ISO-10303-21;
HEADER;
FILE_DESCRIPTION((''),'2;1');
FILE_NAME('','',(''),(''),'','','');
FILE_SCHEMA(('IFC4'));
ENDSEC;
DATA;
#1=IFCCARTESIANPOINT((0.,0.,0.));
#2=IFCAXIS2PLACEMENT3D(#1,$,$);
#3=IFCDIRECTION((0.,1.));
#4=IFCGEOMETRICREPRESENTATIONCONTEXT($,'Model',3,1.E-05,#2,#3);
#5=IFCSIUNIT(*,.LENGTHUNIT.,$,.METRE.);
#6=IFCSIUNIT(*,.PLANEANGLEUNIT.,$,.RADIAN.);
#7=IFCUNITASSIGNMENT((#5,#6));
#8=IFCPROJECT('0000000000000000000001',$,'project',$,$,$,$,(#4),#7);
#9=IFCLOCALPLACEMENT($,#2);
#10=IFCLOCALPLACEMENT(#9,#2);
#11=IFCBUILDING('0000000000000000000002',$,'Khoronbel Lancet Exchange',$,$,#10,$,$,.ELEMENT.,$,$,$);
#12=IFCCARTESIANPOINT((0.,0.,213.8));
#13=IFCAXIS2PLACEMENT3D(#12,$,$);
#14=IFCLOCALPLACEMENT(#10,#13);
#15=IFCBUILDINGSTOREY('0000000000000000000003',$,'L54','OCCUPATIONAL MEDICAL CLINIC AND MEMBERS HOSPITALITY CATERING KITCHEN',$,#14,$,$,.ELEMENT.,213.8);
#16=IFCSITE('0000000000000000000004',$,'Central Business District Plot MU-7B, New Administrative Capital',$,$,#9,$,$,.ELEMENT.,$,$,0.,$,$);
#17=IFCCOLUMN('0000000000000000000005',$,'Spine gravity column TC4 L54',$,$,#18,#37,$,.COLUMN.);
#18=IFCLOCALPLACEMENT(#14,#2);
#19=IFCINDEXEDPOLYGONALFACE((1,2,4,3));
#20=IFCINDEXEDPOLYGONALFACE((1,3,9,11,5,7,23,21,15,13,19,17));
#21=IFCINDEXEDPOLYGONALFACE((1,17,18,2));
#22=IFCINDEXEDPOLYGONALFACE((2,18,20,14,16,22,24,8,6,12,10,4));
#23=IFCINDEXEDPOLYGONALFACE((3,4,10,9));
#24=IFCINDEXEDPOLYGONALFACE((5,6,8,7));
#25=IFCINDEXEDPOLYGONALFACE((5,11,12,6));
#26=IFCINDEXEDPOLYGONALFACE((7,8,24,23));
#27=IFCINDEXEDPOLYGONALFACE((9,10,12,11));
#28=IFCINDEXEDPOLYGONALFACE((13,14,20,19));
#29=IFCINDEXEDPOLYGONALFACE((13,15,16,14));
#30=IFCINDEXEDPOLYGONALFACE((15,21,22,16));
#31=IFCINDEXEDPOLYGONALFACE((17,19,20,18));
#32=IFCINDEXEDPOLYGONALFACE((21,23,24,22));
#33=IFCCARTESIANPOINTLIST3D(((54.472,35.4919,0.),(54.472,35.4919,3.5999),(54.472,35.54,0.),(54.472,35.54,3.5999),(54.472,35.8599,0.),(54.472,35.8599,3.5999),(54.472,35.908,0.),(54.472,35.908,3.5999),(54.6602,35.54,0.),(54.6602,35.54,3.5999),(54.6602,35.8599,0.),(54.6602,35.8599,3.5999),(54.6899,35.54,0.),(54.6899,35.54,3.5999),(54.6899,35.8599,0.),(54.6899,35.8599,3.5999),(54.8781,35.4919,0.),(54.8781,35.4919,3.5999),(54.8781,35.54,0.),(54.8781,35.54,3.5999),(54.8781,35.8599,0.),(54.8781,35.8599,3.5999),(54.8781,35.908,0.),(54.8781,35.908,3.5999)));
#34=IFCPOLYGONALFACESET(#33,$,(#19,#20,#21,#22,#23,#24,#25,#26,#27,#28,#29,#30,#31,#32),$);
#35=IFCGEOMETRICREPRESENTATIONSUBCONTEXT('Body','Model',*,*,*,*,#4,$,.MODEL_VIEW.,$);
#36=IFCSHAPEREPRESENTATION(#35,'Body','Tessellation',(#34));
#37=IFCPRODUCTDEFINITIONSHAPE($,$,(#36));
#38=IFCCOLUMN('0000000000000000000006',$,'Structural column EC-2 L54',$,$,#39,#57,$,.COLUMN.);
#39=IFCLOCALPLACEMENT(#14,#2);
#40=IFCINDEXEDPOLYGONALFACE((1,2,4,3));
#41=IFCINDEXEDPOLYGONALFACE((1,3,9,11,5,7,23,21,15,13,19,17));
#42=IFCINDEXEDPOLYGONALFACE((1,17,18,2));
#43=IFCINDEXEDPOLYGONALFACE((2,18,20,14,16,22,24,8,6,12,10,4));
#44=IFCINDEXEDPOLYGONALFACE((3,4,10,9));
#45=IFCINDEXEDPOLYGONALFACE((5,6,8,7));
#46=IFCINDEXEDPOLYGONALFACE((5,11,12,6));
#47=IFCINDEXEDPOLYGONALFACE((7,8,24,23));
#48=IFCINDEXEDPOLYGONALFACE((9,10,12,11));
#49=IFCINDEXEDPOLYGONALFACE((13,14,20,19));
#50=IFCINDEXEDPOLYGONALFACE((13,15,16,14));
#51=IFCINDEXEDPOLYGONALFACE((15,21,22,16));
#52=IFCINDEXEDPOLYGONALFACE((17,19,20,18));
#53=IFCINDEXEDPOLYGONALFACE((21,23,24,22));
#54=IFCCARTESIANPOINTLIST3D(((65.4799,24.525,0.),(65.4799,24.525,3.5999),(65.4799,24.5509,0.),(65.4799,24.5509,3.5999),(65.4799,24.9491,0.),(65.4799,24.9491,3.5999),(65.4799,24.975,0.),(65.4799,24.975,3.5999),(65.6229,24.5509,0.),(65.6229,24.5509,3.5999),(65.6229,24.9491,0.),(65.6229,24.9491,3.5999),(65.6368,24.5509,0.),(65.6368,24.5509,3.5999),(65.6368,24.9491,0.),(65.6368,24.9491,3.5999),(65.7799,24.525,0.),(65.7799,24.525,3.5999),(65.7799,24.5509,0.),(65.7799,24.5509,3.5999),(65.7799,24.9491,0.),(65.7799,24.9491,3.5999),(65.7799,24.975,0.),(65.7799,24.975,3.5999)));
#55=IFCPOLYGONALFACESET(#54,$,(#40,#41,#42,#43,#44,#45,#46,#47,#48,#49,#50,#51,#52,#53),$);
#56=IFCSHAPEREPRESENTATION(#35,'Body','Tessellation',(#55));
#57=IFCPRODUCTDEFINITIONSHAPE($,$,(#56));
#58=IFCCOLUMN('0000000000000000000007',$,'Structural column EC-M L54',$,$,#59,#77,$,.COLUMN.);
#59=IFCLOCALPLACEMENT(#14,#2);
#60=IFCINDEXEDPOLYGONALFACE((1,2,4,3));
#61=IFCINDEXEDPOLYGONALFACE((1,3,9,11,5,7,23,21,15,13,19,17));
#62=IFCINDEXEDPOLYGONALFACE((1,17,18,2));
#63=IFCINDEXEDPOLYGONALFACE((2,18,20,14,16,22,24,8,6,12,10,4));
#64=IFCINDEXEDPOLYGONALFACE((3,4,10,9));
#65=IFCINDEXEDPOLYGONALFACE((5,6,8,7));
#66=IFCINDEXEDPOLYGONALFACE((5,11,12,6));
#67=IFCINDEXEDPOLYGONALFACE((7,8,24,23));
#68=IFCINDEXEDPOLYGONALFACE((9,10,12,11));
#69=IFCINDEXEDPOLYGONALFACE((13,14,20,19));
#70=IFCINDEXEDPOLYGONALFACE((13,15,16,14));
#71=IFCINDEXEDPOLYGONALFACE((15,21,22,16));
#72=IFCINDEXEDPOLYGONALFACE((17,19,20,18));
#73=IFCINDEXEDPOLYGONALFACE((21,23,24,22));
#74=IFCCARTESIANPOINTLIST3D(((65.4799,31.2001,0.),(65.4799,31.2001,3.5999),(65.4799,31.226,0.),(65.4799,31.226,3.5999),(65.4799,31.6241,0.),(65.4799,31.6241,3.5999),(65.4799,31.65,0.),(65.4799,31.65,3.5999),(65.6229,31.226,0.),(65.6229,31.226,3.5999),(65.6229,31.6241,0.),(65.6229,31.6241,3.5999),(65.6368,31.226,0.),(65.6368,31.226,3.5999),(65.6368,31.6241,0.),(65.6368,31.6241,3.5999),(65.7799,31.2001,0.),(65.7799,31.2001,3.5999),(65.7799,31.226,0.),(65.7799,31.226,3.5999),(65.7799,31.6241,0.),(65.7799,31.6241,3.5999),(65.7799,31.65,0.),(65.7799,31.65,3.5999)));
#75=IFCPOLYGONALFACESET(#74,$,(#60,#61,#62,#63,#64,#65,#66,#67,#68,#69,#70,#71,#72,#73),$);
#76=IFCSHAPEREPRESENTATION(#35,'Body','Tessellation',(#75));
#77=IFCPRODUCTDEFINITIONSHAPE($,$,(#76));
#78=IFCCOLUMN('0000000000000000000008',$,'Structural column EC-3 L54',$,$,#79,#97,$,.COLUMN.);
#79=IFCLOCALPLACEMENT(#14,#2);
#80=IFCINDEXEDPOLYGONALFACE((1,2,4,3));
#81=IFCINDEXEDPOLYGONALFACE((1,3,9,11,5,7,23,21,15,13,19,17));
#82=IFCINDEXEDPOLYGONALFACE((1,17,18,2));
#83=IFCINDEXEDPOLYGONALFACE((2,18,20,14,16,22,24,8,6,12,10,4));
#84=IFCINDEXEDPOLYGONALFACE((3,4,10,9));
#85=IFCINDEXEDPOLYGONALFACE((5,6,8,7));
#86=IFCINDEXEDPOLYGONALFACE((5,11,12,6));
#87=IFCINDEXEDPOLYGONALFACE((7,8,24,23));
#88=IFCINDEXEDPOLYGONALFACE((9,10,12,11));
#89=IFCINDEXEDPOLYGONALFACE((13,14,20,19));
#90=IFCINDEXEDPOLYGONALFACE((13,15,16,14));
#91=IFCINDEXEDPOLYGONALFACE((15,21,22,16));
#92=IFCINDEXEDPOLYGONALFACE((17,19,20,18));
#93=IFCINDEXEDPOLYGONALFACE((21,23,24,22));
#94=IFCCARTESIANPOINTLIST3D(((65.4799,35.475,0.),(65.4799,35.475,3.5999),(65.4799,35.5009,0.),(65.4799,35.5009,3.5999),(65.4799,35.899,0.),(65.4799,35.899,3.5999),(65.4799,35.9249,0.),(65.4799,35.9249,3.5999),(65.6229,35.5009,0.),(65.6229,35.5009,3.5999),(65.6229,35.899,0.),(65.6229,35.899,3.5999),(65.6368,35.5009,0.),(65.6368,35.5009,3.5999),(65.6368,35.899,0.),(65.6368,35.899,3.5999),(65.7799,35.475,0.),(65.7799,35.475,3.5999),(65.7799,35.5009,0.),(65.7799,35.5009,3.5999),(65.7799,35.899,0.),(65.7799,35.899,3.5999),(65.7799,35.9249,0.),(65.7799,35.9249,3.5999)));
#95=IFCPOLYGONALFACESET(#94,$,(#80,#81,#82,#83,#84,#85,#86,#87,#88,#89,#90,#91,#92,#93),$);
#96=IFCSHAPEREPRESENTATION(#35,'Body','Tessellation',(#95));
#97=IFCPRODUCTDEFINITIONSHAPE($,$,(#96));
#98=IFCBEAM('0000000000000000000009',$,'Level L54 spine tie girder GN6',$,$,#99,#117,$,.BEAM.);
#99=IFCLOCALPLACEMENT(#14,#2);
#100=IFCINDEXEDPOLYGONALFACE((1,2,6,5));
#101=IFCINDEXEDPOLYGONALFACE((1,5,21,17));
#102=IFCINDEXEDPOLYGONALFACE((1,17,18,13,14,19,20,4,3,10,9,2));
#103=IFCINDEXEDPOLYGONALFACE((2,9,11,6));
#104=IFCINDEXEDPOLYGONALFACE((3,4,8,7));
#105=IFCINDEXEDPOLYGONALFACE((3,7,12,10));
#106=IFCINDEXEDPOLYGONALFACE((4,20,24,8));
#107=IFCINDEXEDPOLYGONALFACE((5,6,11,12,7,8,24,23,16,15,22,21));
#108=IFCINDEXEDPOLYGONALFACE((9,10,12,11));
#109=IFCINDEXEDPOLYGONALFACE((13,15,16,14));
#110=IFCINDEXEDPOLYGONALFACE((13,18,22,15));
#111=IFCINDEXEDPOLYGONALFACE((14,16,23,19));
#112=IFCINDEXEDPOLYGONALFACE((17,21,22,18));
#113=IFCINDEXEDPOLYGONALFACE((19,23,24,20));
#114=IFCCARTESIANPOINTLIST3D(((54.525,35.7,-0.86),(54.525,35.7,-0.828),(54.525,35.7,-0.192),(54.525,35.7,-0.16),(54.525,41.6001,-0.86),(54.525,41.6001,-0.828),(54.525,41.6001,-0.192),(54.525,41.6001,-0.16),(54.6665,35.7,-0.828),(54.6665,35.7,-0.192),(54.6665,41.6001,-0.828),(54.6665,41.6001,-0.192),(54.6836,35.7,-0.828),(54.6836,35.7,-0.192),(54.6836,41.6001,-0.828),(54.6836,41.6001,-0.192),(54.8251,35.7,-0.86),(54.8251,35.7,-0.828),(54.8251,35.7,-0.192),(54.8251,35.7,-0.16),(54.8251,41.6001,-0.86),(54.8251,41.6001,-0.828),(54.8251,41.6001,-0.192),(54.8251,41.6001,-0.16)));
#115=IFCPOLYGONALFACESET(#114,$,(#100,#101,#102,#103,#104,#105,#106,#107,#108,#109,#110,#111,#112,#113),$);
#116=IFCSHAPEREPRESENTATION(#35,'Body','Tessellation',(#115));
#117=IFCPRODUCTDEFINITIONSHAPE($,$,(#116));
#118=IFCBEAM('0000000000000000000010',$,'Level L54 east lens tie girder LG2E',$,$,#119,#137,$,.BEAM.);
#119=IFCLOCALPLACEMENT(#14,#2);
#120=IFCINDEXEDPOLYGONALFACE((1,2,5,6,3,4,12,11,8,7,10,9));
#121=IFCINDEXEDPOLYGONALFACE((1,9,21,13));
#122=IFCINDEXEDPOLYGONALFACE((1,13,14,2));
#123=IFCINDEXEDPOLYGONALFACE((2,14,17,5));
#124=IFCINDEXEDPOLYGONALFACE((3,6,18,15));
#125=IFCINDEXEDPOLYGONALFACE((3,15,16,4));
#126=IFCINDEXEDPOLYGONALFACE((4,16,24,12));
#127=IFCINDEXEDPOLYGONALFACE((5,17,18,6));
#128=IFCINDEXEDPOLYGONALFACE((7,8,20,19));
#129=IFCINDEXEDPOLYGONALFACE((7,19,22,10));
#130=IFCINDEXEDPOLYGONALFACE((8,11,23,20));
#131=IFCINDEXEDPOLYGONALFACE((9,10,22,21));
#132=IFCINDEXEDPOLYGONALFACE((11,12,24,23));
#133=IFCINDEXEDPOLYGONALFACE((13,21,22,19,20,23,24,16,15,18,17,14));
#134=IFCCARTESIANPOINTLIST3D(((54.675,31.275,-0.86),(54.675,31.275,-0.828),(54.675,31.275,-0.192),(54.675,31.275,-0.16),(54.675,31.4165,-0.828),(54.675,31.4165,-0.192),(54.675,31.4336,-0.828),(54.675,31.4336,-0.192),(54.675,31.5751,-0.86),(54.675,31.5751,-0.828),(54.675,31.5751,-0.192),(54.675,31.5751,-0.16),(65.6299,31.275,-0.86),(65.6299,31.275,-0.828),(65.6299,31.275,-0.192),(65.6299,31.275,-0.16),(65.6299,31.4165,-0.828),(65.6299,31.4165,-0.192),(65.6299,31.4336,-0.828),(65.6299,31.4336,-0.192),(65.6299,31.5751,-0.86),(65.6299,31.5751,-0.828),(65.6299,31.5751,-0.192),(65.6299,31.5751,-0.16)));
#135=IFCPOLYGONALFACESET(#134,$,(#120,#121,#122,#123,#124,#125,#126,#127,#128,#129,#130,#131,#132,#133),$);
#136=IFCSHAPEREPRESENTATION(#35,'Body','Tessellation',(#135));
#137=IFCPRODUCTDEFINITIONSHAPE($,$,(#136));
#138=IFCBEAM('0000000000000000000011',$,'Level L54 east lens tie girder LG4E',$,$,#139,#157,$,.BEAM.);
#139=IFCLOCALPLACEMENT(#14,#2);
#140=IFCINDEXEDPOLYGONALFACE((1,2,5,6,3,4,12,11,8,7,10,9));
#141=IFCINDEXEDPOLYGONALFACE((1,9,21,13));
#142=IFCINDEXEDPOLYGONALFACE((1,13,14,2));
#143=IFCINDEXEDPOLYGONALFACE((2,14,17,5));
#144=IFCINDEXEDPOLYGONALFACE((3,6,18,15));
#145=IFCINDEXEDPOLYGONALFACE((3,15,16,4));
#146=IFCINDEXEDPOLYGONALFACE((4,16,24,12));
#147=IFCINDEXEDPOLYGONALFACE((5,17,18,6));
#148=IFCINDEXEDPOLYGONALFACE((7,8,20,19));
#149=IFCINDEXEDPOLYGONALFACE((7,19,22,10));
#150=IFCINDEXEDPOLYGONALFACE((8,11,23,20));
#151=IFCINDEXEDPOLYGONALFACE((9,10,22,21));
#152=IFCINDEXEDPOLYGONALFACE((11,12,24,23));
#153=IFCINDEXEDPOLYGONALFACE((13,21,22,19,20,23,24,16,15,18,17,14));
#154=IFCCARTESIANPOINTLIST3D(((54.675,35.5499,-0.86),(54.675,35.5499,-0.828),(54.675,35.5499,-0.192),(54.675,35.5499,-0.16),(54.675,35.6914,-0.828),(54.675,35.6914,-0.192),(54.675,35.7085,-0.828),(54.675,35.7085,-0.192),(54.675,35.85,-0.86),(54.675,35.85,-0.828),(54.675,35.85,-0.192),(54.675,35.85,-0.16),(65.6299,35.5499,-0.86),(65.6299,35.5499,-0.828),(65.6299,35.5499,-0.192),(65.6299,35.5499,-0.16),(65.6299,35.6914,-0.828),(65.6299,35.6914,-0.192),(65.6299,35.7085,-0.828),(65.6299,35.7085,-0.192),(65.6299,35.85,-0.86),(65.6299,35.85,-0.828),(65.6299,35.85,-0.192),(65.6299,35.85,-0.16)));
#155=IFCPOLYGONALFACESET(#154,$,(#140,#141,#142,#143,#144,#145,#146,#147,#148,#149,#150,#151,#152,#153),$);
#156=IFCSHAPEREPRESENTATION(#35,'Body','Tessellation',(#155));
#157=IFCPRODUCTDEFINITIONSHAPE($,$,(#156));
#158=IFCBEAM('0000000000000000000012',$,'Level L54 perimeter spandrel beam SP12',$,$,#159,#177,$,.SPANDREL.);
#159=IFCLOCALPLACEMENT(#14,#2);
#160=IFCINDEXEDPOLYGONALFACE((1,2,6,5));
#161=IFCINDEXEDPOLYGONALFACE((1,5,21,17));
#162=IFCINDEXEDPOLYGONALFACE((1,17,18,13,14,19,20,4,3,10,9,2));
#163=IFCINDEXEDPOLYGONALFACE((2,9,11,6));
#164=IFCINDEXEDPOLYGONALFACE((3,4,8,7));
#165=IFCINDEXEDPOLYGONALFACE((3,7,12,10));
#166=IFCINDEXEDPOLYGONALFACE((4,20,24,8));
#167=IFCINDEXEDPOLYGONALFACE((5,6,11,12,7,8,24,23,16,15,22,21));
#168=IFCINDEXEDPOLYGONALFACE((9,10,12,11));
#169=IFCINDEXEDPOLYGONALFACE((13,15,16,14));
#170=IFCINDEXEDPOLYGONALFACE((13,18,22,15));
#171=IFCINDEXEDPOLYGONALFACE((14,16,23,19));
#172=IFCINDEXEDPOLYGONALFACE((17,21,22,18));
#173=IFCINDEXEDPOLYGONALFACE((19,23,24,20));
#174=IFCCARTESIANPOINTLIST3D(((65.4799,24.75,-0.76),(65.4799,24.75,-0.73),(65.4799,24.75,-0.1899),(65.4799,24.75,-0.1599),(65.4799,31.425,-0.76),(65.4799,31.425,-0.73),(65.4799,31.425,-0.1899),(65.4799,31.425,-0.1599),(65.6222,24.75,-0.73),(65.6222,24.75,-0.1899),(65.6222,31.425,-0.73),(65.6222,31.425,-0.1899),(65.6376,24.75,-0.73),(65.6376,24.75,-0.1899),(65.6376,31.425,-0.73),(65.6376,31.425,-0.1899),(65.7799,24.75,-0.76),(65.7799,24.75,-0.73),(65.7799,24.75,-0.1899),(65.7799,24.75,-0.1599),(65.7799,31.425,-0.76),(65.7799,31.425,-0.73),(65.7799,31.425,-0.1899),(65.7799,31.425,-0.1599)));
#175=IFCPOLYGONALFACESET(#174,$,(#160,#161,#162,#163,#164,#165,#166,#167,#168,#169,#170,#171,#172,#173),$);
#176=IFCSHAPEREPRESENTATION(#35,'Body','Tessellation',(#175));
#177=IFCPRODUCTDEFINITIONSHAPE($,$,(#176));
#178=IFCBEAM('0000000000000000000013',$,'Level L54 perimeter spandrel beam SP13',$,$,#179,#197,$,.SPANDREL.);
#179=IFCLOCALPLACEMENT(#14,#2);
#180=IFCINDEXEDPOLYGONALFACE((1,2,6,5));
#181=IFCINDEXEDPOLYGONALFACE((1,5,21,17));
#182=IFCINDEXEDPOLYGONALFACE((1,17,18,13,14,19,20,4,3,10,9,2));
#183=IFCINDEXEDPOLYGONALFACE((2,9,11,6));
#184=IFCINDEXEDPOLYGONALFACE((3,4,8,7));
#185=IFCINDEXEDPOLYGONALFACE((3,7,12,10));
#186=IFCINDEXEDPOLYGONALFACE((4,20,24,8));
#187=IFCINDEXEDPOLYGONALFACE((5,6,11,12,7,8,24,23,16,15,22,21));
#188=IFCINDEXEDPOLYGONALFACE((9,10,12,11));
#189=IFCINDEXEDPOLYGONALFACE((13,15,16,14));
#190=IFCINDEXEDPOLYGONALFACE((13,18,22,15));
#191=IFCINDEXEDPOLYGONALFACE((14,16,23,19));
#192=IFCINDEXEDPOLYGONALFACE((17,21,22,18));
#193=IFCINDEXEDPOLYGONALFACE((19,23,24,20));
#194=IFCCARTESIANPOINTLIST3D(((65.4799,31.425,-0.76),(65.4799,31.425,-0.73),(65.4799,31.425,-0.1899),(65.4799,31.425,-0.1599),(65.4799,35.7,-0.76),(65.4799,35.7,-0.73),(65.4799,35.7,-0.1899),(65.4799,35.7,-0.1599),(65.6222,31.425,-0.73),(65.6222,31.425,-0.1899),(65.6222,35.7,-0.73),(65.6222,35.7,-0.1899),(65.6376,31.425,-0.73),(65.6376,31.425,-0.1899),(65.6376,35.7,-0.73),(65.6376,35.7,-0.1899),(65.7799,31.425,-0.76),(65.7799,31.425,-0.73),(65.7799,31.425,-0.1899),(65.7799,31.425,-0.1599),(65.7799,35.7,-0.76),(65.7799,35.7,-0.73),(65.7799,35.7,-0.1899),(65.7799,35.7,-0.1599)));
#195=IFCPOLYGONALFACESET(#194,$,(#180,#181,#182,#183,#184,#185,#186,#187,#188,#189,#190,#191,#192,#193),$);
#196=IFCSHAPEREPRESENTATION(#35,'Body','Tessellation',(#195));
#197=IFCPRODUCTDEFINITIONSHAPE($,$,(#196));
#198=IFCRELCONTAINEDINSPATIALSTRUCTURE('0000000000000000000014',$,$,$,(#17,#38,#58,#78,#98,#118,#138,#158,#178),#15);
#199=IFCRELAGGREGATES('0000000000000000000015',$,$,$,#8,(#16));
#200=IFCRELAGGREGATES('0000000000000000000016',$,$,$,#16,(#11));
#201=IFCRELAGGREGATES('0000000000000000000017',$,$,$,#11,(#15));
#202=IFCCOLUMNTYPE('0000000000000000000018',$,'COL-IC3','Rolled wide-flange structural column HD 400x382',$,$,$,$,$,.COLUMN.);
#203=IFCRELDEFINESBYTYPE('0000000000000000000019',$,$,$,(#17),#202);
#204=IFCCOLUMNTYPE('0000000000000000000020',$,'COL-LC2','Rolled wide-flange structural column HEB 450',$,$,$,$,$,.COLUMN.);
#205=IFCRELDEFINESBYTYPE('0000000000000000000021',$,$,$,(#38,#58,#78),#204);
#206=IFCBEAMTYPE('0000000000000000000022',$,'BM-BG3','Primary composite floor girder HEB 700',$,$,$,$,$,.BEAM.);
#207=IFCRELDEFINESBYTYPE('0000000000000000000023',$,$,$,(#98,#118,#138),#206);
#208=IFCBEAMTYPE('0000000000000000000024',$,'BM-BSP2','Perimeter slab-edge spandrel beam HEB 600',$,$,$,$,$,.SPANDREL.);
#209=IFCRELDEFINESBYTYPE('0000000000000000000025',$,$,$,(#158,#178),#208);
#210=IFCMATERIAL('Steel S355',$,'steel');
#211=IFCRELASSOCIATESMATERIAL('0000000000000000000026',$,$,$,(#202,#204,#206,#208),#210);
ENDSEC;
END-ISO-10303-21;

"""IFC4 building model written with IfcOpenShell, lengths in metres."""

from ifc_helpers import new_model, si_unit, direction, frame, origin, origin_2d, place, context, subcontext, project, spatial, i_section, extrude, material, material_profile, profile_set, type_object, element, save


model = new_model("IFC4")

# Units and contexts
model_context = context("Model", 3, precision=1e-05, world=origin(), true_north=direction((0.0, 1.0)))
body_context = subcontext(model_context, "Body", "Model", "MODEL_VIEW")
ifc_project = project(units=[si_unit("LENGTHUNIT", "METRE"), si_unit("PLANEANGLEUNIT", "RADIAN")], contexts=[model_context])

# Site, building, storey
site_placement = place(None, origin())
site = spatial("IfcSite", under=ifc_project, at=site_placement, Name="Central Business District Plot MU-7B, New Administrative Capital", CompositionType="ELEMENT", RefElevation=0.0)
building_placement = place(site_placement, origin())
building = spatial("IfcBuilding", under=site, at=building_placement, Name="Khoronbel Lancet Exchange", CompositionType="ELEMENT")
storey_placement = place(building_placement, frame((0.0, 0.0, 213.8)))
storey = spatial("IfcBuildingStorey", under=building, at=storey_placement, Name="L54", Description="OCCUPATIONAL MEDICAL CLINIC AND MEMBERS HOSPITALITY CATERING KITCHEN", CompositionType="ELEMENT", Elevation=213.8)

# Columns
ifc_material_1 = material(Name="Steel S355", Category="steel")
ifc_material_profile_1 = material_profile(ifc_material_1, i_section(OverallWidth=0.406, OverallDepth=0.416, WebThickness=0.0298, FlangeThickness=0.0481, at=origin_2d()), Name="HD 400x382")
ifc_profile_set_1 = profile_set([ifc_material_profile_1], Name="Steel S355")
column_type_1 = type_object("IfcColumnType", Name="COL-IC3", Description="Rolled wide-flange structural column HD 400x382", PredefinedType="COLUMN", material=ifc_profile_set_1)
column_placement = place(storey_placement, frame((54.675, 35.7, 0.0), z_axis=(0.0, 0.0, 1.0), x_axis=(1.0, 0.0, 0.0)))
element("IfcColumn", 1, at=column_placement, inside=storey, type_object=column_type_1, Name="Spine gravity column TC4 L54", PredefinedType="COLUMN", context=body_context, shape_type="SweptSolid", body=[
    extrude(i_section(OverallWidth=0.406, OverallDepth=0.416, WebThickness=0.0298, FlangeThickness=0.0481, at=origin_2d()), origin(), (0.0, 0.0, 1.0), 3.5999),
])
ifc_material_profile_2 = material_profile(ifc_material_1, i_section(OverallWidth=0.3, OverallDepth=0.45, WebThickness=0.0139, FlangeThickness=0.0259, at=origin_2d()), Name="HEB 450")
ifc_profile_set_2 = profile_set([ifc_material_profile_2], Name="Steel S355")
column_type_2 = type_object("IfcColumnType", Name="COL-LC2", Description="Rolled wide-flange structural column HEB 450", PredefinedType="COLUMN", material=ifc_profile_set_2)
for number, where, z_axis, x_axis, name in (
    (2, (65.6299, 24.75, 0.0), (0.0, 0.0, 1.0), (1.0, 0.0, 0.0), "Structural column EC-2 L54"),
    (3, (65.6299, 31.425, 0.0), (0.0, 0.0, 1.0), (1.0, 0.0, 0.0), "Structural column EC-M L54"),
    (4, (65.6299, 35.7, 0.0), (0.0, 0.0, 1.0), (1.0, 0.0, 0.0), "Structural column EC-3 L54"),
):
    element("IfcColumn", number, at=place(storey_placement, frame(where, z_axis=z_axis, x_axis=x_axis)), inside=storey, type_object=column_type_2, Name=name, PredefinedType="COLUMN", context=body_context, shape_type="SweptSolid", body=[
        extrude(i_section(OverallWidth=0.3, OverallDepth=0.45, WebThickness=0.0139, FlangeThickness=0.0259, at=origin_2d()), origin(), (0.0, 0.0, 1.0), 3.5999),
    ])

# Beams
ifc_material_profile_3 = material_profile(ifc_material_1, i_section(OverallWidth=0.3, OverallDepth=0.7, WebThickness=0.0171, FlangeThickness=0.032, at=origin_2d()), Name="HEB 700")
ifc_profile_set_3 = profile_set([ifc_material_profile_3], Name="Steel S355")
beam_type_1 = type_object("IfcBeamType", Name="BM-BG3", Description="Primary composite floor girder HEB 700", PredefinedType="BEAM", material=ifc_profile_set_3)
beam_1_placement = place(storey_placement, frame((54.675, 35.7, -0.51), z_axis=(0.0, 1.0, 0.0), x_axis=(-1.0, 0.0, 0.0)))
element("IfcBeam", 5, at=beam_1_placement, inside=storey, type_object=beam_type_1, Name="Level L54 spine tie girder GN6", PredefinedType="BEAM", context=body_context, shape_type="SweptSolid", body=[
    extrude(i_section(OverallWidth=0.3, OverallDepth=0.7, WebThickness=0.0171, FlangeThickness=0.032, at=origin_2d()), origin(), (0.0, 0.0, 1.0), 5.9001),
])
for number, where, z_axis, x_axis, name in (
    (6, (54.675, 31.425, -0.51), (1.0, 0.0, 0.0), (0.0, 1.0, 0.0), "Level L54 east lens tie girder LG2E"),
    (7, (54.675, 35.7, -0.51), (1.0, 0.0, 0.0), (0.0, 1.0, 0.0), "Level L54 east lens tie girder LG4E"),
):
    element("IfcBeam", number, at=place(storey_placement, frame(where, z_axis=z_axis, x_axis=x_axis)), inside=storey, type_object=beam_type_1, Name=name, PredefinedType="BEAM", context=body_context, shape_type="SweptSolid", body=[
        extrude(i_section(OverallWidth=0.3, OverallDepth=0.7, WebThickness=0.0171, FlangeThickness=0.032, at=origin_2d()), origin(), (0.0, 0.0, 1.0), 10.9548),
    ])
ifc_material_profile_4 = material_profile(ifc_material_1, i_section(OverallWidth=0.3, OverallDepth=0.6001, WebThickness=0.0154, FlangeThickness=0.03, at=origin_2d()), Name="HEB 600")
ifc_profile_set_4 = profile_set([ifc_material_profile_4], Name="Steel S355")
beam_type_2 = type_object("IfcBeamType", Name="BM-BSP2", Description="Perimeter slab-edge spandrel beam HEB 600", PredefinedType="SPANDREL", material=ifc_profile_set_4)
beam_2_placement = place(storey_placement, frame((65.6299, 24.75, -0.46), z_axis=(0.0, 1.0, 0.0), x_axis=(-1.0, 0.0, 0.0)))
element("IfcBeam", 8, at=beam_2_placement, inside=storey, type_object=beam_type_2, Name="Level L54 perimeter spandrel beam SP12", PredefinedType="SPANDREL", context=body_context, shape_type="SweptSolid", body=[
    extrude(i_section(OverallWidth=0.3, OverallDepth=0.6001, WebThickness=0.0154, FlangeThickness=0.03, at=origin_2d()), origin(), (0.0, 0.0, 1.0), 6.675),
])
beam_3_placement = place(storey_placement, frame((65.6299, 31.425, -0.46), z_axis=(0.0, 1.0, 0.0), x_axis=(-1.0, 0.0, 0.0)))
element("IfcBeam", 9, at=beam_3_placement, inside=storey, type_object=beam_type_2, Name="Level L54 perimeter spandrel beam SP13", PredefinedType="SPANDREL", context=body_context, shape_type="SweptSolid", body=[
    extrude(i_section(OverallWidth=0.3, OverallDepth=0.6001, WebThickness=0.0154, FlangeThickness=0.03, at=origin_2d()), origin(), (0.0, 0.0, 1.0), 4.2749),
])

save(model, "model.ifc")
